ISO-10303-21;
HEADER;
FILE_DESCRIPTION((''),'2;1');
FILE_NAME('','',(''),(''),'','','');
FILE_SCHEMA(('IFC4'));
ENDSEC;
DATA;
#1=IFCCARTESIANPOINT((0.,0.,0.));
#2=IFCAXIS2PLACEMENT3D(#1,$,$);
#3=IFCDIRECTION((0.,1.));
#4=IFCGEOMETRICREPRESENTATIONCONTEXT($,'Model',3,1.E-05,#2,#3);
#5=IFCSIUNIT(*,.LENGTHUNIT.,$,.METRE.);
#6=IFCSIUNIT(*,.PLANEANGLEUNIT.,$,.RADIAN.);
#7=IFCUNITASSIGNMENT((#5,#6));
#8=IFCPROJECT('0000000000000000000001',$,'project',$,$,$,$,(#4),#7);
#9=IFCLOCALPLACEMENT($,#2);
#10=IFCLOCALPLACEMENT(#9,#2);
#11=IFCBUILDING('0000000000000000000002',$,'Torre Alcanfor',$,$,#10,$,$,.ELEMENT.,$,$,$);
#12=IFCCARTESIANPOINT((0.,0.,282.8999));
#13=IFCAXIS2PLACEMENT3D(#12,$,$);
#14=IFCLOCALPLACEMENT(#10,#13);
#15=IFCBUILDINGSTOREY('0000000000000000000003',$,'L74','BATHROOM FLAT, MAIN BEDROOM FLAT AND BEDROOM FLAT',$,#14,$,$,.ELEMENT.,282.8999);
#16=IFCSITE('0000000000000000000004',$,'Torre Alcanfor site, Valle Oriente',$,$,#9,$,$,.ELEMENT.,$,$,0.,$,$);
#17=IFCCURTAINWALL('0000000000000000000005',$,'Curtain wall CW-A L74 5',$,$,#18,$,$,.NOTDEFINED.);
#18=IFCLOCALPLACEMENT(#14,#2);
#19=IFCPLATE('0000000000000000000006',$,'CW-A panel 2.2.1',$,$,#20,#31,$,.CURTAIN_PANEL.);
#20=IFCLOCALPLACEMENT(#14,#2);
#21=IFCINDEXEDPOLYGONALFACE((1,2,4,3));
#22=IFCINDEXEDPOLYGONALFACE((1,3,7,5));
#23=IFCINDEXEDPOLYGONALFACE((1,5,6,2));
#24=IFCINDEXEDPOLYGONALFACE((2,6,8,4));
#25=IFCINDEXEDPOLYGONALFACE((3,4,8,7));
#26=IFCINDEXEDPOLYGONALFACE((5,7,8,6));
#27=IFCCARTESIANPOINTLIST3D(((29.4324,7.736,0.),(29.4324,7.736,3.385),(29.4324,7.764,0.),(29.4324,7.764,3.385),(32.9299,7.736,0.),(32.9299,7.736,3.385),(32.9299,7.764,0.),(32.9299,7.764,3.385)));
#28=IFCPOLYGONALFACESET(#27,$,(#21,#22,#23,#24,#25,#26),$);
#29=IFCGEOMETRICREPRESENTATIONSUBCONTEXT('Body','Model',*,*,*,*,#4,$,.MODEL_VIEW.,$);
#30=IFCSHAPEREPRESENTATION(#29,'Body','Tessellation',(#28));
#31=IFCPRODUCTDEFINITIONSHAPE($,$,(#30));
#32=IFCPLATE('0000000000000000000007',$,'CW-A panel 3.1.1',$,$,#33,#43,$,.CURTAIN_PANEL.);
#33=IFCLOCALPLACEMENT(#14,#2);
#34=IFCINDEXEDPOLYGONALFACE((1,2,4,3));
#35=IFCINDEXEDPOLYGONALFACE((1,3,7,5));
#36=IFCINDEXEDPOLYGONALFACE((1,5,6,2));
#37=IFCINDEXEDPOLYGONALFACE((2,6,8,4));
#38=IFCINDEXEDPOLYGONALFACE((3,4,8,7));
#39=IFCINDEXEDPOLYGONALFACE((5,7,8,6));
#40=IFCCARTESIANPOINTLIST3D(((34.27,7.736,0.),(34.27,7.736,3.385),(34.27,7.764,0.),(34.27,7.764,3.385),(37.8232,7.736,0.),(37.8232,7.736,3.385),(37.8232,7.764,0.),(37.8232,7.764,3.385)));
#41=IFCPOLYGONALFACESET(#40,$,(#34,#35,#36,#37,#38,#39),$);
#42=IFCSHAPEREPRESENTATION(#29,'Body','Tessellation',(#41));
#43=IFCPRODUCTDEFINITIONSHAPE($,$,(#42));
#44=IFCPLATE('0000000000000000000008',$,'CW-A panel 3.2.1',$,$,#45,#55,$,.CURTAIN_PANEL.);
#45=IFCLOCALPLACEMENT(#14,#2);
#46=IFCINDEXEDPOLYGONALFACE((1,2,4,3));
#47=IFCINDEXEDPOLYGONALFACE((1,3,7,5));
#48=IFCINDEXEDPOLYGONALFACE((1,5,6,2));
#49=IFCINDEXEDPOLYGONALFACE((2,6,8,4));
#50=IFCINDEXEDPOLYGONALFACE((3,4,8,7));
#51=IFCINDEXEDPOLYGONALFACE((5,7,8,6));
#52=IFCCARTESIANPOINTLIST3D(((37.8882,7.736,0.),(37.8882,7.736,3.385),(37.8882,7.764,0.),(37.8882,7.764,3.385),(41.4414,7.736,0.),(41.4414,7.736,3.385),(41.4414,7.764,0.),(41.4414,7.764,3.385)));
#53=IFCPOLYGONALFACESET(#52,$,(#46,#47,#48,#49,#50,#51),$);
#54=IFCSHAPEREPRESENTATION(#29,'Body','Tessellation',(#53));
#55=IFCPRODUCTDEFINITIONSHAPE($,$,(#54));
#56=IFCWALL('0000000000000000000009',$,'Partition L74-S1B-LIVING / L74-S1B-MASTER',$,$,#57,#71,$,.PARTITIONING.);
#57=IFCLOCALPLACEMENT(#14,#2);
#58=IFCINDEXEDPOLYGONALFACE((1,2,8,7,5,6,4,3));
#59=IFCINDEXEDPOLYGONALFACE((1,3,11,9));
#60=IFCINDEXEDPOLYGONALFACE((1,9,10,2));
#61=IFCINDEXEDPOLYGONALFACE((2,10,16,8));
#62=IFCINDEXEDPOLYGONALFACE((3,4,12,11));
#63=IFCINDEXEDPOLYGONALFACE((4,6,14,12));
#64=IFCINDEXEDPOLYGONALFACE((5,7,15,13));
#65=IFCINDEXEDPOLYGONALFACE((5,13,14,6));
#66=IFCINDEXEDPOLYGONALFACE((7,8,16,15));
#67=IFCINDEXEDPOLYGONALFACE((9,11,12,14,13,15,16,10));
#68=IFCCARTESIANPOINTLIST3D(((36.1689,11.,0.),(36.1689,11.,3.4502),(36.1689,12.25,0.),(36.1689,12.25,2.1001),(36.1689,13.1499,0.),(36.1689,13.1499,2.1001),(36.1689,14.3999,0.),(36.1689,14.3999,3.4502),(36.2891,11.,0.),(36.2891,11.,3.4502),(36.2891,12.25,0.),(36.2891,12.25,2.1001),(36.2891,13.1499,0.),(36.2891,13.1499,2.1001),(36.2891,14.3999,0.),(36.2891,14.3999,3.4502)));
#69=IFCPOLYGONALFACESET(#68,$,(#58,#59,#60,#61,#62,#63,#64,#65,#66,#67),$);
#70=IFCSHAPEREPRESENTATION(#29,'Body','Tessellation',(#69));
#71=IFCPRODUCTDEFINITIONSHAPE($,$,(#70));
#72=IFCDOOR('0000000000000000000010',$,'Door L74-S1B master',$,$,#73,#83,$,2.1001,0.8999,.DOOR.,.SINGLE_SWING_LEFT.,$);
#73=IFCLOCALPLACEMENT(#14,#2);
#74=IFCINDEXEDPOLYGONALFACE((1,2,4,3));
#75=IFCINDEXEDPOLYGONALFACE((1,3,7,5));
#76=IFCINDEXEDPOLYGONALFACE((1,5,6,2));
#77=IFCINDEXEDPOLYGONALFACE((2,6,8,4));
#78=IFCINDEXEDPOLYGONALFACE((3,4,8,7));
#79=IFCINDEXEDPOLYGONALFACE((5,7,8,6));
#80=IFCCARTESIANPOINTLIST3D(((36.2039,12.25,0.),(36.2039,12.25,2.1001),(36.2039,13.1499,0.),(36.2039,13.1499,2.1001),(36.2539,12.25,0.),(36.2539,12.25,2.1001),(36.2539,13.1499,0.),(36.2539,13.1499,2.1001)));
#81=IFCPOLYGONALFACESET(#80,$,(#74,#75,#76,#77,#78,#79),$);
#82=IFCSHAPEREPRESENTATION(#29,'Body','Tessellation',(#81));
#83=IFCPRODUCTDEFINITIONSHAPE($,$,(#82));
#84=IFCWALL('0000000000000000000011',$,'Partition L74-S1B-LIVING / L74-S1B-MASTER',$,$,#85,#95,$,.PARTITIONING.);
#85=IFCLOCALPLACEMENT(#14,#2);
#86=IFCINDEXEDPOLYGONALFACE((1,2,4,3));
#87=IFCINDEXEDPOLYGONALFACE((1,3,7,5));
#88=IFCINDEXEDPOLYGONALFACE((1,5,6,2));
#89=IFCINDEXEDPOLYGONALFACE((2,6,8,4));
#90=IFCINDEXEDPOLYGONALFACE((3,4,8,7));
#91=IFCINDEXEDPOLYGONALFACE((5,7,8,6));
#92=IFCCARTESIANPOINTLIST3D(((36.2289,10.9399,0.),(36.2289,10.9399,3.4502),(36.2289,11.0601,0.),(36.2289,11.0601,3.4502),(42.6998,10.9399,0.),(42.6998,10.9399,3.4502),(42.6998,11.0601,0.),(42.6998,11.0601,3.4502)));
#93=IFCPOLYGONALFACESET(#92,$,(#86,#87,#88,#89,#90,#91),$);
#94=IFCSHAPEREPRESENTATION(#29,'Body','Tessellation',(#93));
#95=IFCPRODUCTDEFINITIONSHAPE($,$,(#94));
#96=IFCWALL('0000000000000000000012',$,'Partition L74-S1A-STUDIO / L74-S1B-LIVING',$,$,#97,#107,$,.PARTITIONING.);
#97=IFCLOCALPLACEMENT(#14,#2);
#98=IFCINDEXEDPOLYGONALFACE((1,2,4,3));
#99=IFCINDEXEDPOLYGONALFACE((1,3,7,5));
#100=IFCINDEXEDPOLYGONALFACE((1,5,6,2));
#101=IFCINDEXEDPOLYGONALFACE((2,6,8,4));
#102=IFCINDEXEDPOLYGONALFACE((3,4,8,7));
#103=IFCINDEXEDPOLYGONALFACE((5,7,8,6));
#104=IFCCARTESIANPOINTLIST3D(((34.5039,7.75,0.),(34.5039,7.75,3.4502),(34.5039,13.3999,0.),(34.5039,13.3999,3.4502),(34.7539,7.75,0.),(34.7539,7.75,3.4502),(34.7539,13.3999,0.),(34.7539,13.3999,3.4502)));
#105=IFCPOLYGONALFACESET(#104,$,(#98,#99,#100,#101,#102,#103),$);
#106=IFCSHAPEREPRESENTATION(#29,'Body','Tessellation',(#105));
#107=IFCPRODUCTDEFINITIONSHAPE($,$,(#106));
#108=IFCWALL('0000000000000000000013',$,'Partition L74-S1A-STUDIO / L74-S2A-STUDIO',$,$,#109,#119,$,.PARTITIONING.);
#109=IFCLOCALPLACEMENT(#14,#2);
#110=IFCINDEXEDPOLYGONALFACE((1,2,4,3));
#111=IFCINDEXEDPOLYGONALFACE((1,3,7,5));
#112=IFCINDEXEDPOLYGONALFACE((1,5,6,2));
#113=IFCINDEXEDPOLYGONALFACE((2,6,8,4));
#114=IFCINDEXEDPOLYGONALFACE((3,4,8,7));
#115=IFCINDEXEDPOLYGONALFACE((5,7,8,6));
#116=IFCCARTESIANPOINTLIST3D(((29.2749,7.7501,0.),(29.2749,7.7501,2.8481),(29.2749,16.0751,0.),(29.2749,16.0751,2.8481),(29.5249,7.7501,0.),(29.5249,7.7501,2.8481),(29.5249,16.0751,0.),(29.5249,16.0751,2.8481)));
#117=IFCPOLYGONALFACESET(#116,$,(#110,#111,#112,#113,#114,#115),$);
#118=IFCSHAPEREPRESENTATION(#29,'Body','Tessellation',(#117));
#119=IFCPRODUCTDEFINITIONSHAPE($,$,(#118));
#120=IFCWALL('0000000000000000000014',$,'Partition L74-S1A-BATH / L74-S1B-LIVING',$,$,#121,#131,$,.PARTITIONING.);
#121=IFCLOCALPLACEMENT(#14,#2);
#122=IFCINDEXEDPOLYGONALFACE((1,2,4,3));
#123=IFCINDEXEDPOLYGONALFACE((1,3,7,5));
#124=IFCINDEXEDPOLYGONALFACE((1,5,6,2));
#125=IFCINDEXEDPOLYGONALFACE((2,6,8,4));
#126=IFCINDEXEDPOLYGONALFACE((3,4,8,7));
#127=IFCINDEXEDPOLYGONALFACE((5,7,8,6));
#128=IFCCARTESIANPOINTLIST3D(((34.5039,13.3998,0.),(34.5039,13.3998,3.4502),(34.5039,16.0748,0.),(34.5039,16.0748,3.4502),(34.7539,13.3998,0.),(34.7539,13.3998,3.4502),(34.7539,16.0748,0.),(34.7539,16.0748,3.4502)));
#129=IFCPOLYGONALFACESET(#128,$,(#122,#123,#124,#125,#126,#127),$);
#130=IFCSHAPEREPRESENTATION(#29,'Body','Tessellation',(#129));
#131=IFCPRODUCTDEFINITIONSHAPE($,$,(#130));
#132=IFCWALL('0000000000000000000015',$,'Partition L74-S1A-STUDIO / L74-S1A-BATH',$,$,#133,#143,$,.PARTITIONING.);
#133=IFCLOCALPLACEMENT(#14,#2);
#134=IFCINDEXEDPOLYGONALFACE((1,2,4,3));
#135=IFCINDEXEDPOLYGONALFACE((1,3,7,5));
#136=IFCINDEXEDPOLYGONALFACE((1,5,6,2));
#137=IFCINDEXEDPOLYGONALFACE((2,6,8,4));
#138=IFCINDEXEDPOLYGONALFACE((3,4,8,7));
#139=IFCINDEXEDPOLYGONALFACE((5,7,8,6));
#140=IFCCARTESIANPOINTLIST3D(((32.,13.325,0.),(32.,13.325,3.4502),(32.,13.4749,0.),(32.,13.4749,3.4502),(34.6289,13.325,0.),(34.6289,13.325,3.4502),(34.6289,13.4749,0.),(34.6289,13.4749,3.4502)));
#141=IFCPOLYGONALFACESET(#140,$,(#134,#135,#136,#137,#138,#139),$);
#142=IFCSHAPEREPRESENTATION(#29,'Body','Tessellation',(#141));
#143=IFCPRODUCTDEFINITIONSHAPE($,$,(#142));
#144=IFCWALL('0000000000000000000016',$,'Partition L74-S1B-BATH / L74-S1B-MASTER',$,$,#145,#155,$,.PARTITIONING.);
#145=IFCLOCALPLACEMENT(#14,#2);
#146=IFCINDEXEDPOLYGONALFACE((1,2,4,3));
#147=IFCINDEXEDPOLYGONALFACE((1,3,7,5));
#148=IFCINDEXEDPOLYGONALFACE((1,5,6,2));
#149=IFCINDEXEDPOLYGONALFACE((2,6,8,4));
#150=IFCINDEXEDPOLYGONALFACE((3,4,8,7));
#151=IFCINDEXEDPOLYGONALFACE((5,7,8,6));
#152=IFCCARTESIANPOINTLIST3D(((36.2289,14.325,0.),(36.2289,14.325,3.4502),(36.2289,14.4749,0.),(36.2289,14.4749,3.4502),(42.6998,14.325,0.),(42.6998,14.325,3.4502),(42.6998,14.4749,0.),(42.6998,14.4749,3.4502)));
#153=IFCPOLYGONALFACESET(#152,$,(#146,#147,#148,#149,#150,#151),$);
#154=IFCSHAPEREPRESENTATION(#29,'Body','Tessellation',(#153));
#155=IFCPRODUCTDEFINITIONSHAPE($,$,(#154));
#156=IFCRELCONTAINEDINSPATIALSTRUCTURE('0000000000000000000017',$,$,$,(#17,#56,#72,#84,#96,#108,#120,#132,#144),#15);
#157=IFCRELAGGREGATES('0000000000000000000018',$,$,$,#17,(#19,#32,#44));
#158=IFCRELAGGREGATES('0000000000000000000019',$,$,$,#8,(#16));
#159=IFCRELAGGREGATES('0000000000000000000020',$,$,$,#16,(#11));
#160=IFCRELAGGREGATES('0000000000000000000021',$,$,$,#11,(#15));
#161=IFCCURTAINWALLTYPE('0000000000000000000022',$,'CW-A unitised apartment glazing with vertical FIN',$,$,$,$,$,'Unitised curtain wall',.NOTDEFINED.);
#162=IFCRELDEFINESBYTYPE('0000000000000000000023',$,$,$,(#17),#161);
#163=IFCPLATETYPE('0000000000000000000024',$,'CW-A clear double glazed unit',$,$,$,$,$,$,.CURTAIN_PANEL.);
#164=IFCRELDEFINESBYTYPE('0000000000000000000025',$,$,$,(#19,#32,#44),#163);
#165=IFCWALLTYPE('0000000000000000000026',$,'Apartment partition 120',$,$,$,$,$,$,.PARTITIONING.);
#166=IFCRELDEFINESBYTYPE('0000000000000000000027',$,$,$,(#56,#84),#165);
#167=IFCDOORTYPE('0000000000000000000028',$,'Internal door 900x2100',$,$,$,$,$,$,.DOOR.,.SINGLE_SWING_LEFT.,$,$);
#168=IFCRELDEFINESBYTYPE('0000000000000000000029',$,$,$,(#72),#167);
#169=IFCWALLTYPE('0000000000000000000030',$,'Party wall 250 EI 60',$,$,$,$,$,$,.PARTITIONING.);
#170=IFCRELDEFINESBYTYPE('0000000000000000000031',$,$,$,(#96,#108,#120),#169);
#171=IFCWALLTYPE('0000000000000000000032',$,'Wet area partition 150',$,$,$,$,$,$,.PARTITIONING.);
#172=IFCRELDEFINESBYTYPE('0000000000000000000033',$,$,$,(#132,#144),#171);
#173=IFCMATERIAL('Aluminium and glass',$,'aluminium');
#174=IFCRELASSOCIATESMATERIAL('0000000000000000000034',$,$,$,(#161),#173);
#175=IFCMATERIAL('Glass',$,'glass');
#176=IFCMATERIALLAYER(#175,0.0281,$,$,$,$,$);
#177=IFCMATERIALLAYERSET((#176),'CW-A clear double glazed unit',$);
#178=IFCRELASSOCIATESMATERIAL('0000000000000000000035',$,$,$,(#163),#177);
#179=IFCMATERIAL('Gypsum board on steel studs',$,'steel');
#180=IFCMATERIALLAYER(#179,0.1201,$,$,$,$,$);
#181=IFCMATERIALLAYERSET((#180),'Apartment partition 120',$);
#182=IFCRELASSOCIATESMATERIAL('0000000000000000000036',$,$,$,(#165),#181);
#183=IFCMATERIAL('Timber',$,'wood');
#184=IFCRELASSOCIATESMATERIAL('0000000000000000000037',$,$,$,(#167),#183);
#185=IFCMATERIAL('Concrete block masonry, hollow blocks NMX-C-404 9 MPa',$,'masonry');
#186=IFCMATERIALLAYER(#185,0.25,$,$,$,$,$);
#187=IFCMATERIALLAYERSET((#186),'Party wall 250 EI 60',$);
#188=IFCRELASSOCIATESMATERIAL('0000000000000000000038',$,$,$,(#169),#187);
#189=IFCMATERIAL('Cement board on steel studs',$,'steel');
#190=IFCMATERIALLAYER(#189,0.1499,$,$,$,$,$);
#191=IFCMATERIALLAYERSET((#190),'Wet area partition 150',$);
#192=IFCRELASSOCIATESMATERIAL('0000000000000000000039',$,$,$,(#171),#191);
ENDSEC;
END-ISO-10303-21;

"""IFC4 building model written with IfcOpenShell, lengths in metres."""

from ifc_helpers import new_model, si_unit, direction, frame, frame_2d, origin, origin_2d, place, context, subcontext, project, spatial, rectangle, extrude, material, layer, layer_set, type_object, element, fill, aggregate, save


model = new_model("IFC4")

# Units and contexts
model_context = context("Model", 3, precision=1e-05, world=origin(), true_north=direction((0.0, 1.0)))
body_context = subcontext(model_context, "Body", "Model", "MODEL_VIEW")
ifc_project = project(units=[si_unit("LENGTHUNIT", "METRE"), si_unit("PLANEANGLEUNIT", "RADIAN")], contexts=[model_context])

# Site, building, storey
site_placement = place(None, origin())
site = spatial("IfcSite", under=ifc_project, at=site_placement, Name="Torre Alcanfor site, Valle Oriente", CompositionType="ELEMENT", RefElevation=0.0)
building_placement = place(site_placement, origin())
building = spatial("IfcBuilding", under=site, at=building_placement, Name="Torre Alcanfor", CompositionType="ELEMENT")
storey_placement = place(building_placement, frame((0.0, 0.0, 282.8999)))
storey = spatial("IfcBuildingStorey", under=building, at=storey_placement, Name="L74", Description="BATHROOM FLAT, MAIN BEDROOM FLAT AND BEDROOM FLAT", CompositionType="ELEMENT", Elevation=282.8999)

# Curtain wall
ifc_material_1 = material(Name="Aluminium and glass", Category="aluminium")
curtain_wall_type = type_object("IfcCurtainWallType", Name="CW-A unitised apartment glazing with vertical FIN", ElementType="Unitised curtain wall", PredefinedType="NOTDEFINED", material=ifc_material_1)
curtain_wall_placement = place(storey_placement, origin())
curtain_wall = element("IfcCurtainWall", 1, at=curtain_wall_placement, inside=storey, type_object=curtain_wall_type, Name="Curtain wall CW-A L74 5", PredefinedType="NOTDEFINED")

# Plates
ifc_material_2 = material(Name="Glass", Category="glass")
ifc_layer_1 = layer(ifc_material_2, 0.0281)
ifc_layer_set_1 = layer_set([ifc_layer_1], Name="CW-A clear double glazed unit")
plate_type = type_object("IfcPlateType", Name="CW-A clear double glazed unit", PredefinedType="CURTAIN_PANEL", material=ifc_layer_set_1)
plate_1_placement = place(storey_placement, frame((31.1812, 7.75, 0.0), z_axis=(0.0, 0.0, 1.0), x_axis=(1.0, 0.0, 0.0)))
plate_1 = element("IfcPlate", 2, at=plate_1_placement, type_object=plate_type, Name="CW-A panel 2.2.1", PredefinedType="CURTAIN_PANEL", context=body_context, shape_type="SweptSolid", body=[
    extrude(rectangle(XDim=3.4976, YDim=0.0281, at=origin_2d()), origin(), (0.0, 0.0, 1.0), 3.385),
])
plate_2_placement = place(storey_placement, frame((36.0466, 7.75, 0.0), z_axis=(0.0, 0.0, 1.0), x_axis=(1.0, 0.0, 0.0)))
plate_2 = element("IfcPlate", 3, at=plate_2_placement, type_object=plate_type, Name="CW-A panel 3.1.1", PredefinedType="CURTAIN_PANEL", context=body_context, shape_type="SweptSolid", body=[
    extrude(rectangle(XDim=3.5532, YDim=0.0281, at=origin_2d()), origin(), (0.0, 0.0, 1.0), 3.385),
])
plate_3_placement = place(storey_placement, frame((39.6648, 7.75, 0.0), z_axis=(0.0, 0.0, 1.0), x_axis=(1.0, 0.0, 0.0)))
plate_3 = element("IfcPlate", 4, at=plate_3_placement, type_object=plate_type, Name="CW-A panel 3.2.1", PredefinedType="CURTAIN_PANEL", context=body_context, shape_type="SweptSolid", body=[
    extrude(rectangle(XDim=3.5532, YDim=0.0281, at=origin_2d()), origin(), (0.0, 0.0, 1.0), 3.385),
])
aggregate(curtain_wall, [plate_1, plate_2, plate_3])

# Wall, opening, door
ifc_material_3 = material(Name="Gypsum board on steel studs", Category="steel")
ifc_layer_2 = layer(ifc_material_3, 0.1201)
ifc_layer_set_2 = layer_set([ifc_layer_2], Name="Apartment partition 120")
wall_type_1 = type_object("IfcWallType", Name="Apartment partition 120", PredefinedType="PARTITIONING", material=ifc_layer_set_2)
wall_1_placement = place(storey_placement, frame((36.229, 14.3999, 0.0), z_axis=(0.0, 0.0, 1.0), x_axis=(0.0, -1.0, 0.0)))
wall_1 = element("IfcWall", 5, at=wall_1_placement, inside=storey, type_object=wall_type_1, Name="Partition L74-S1B-LIVING / L74-S1B-MASTER", PredefinedType="PARTITIONING", context=body_context, shape_type="SweptSolid", body=[
    extrude(rectangle(XDim=3.3999, YDim=0.1201, at=frame_2d((1.7, 0.0))), origin(), (0.0, 0.0, 1.0), 3.4502),
])
opening_placement = place(wall_1_placement, frame((1.25, 0.0, 0.0)))
opening = element("IfcOpeningElement", 6, at=opening_placement, cuts=wall_1, PredefinedType="OPENING", context=body_context, shape_type="SweptSolid", body=[
    extrude(rectangle(XDim=0.8999, YDim=2.1001, at=frame_2d((0.45, 1.05))), frame((0.0, 0.0701, 0.0), z_axis=(0.0, -1.0, 0.0), x_axis=(1.0, 0.0, 0.0)), (0.0, 0.0, 1.0), 0.1401),
])
ifc_material_4 = material(Name="Timber", Category="wood")
door_type = type_object("IfcDoorType", Name="Internal door 900x2100", OperationType="SINGLE_SWING_LEFT", PredefinedType="DOOR", material=ifc_material_4)
door_placement = place(opening_placement, origin())
door = element("IfcDoor", 7, at=door_placement, inside=storey, type_object=door_type, Name="Door L74-S1B master", OperationType="SINGLE_SWING_LEFT", OverallHeight=2.1001, OverallWidth=0.8999, PredefinedType="DOOR", context=body_context, shape_type="SweptSolid", body=[
    extrude(rectangle(XDim=0.8999, YDim=2.1001, at=frame_2d((0.45, 1.05))), frame((0.0, 0.0249, 0.0), z_axis=(0.0, -1.0, 0.0), x_axis=(1.0, 0.0, 0.0)), (0.0, 0.0, 1.0), 0.05),
])
fill(opening, door)

# Walls
wall_2_placement = place(storey_placement, frame((36.229, 11.0, 0.0), z_axis=(0.0, 0.0, 1.0), x_axis=(1.0, 0.0, 0.0)))
element("IfcWall", 8, at=wall_2_placement, inside=storey, type_object=wall_type_1, Name="Partition L74-S1B-LIVING / L74-S1B-MASTER", PredefinedType="PARTITIONING", context=body_context, shape_type="SweptSolid", body=[
    extrude(rectangle(XDim=6.4709, YDim=0.1201, at=frame_2d((3.2354, 0.0))), origin(), (0.0, 0.0, 1.0), 3.4502),
])
ifc_material_5 = material(Name="Concrete block masonry, hollow blocks NMX-C-404 9 MPa", Category="masonry")
ifc_layer_3 = layer(ifc_material_5, 0.25)
ifc_layer_set_3 = layer_set([ifc_layer_3], Name="Party wall 250 EI 60")
wall_type_2 = type_object("IfcWallType", Name="Party wall 250 EI 60", PredefinedType="PARTITIONING", material=ifc_layer_set_3)
wall_3_placement = place(storey_placement, frame((34.6289, 13.3999, 0.0), z_axis=(0.0, 0.0, 1.0), x_axis=(0.0, -1.0, 0.0)))
element("IfcWall", 9, at=wall_3_placement, inside=storey, type_object=wall_type_2, Name="Partition L74-S1A-STUDIO / L74-S1B-LIVING", PredefinedType="PARTITIONING", context=body_context, shape_type="SweptSolid", body=[
    extrude(rectangle(XDim=5.6499, YDim=0.25, at=frame_2d((2.825, 0.0))), origin(), (0.0, 0.0, 1.0), 3.4502),
])
wall_4_placement = place(storey_placement, frame((29.3999, 7.75, 0.0), z_axis=(0.0, 0.0, 1.0), x_axis=(0.0, 1.0, 0.0)))
element("IfcWall", 10, at=wall_4_placement, inside=storey, type_object=wall_type_2, Name="Partition L74-S1A-STUDIO / L74-S2A-STUDIO", PredefinedType="PARTITIONING", context=body_context, shape_type="SweptSolid", body=[
    extrude(rectangle(XDim=8.325, YDim=0.25, at=frame_2d((4.1626, 0.0))), origin(), (0.0, 0.0, 1.0), 2.8481),
])
wall_5_placement = place(storey_placement, frame((34.6289, 13.3999, 0.0), z_axis=(0.0, 0.0, 1.0), x_axis=(0.0, 1.0, 0.0)))
element("IfcWall", 11, at=wall_5_placement, inside=storey, type_object=wall_type_2, Name="Partition L74-S1A-BATH / L74-S1B-LIVING", PredefinedType="PARTITIONING", context=body_context, shape_type="SweptSolid", body=[
    extrude(rectangle(XDim=2.675, YDim=0.25, at=frame_2d((1.3374, 0.0))), origin(), (0.0, 0.0, 1.0), 3.4502),
])
ifc_material_6 = material(Name="Cement board on steel studs", Category="steel")
ifc_layer_4 = layer(ifc_material_6, 0.1499)
ifc_layer_set_4 = layer_set([ifc_layer_4], Name="Wet area partition 150")
wall_type_3 = type_object("IfcWallType", Name="Wet area partition 150", PredefinedType="PARTITIONING", material=ifc_layer_set_4)
wall_6_placement = place(storey_placement, frame((32.0, 13.3999, 0.0), z_axis=(0.0, 0.0, 1.0), x_axis=(1.0, 0.0, 0.0)))
element("IfcWall", 12, at=wall_6_placement, inside=storey, type_object=wall_type_3, Name="Partition L74-S1A-STUDIO / L74-S1A-BATH", PredefinedType="PARTITIONING", context=body_context, shape_type="SweptSolid", body=[
    extrude(rectangle(XDim=2.6289, YDim=0.1499, at=frame_2d((1.3145, 0.0))), origin(), (0.0, 0.0, 1.0), 3.4502),
])
wall_7_placement = place(storey_placement, frame((36.229, 14.3999, 0.0), z_axis=(0.0, 0.0, 1.0), x_axis=(1.0, 0.0, 0.0)))
element("IfcWall", 13, at=wall_7_placement, inside=storey, type_object=wall_type_3, Name="Partition L74-S1B-BATH / L74-S1B-MASTER", PredefinedType="PARTITIONING", context=body_context, shape_type="SweptSolid", body=[
    extrude(rectangle(XDim=6.4709, YDim=0.1499, at=frame_2d((3.2354, 0.0))), origin(), (0.0, 0.0, 1.0), 3.4502),
])

save(model, "model.ifc")
